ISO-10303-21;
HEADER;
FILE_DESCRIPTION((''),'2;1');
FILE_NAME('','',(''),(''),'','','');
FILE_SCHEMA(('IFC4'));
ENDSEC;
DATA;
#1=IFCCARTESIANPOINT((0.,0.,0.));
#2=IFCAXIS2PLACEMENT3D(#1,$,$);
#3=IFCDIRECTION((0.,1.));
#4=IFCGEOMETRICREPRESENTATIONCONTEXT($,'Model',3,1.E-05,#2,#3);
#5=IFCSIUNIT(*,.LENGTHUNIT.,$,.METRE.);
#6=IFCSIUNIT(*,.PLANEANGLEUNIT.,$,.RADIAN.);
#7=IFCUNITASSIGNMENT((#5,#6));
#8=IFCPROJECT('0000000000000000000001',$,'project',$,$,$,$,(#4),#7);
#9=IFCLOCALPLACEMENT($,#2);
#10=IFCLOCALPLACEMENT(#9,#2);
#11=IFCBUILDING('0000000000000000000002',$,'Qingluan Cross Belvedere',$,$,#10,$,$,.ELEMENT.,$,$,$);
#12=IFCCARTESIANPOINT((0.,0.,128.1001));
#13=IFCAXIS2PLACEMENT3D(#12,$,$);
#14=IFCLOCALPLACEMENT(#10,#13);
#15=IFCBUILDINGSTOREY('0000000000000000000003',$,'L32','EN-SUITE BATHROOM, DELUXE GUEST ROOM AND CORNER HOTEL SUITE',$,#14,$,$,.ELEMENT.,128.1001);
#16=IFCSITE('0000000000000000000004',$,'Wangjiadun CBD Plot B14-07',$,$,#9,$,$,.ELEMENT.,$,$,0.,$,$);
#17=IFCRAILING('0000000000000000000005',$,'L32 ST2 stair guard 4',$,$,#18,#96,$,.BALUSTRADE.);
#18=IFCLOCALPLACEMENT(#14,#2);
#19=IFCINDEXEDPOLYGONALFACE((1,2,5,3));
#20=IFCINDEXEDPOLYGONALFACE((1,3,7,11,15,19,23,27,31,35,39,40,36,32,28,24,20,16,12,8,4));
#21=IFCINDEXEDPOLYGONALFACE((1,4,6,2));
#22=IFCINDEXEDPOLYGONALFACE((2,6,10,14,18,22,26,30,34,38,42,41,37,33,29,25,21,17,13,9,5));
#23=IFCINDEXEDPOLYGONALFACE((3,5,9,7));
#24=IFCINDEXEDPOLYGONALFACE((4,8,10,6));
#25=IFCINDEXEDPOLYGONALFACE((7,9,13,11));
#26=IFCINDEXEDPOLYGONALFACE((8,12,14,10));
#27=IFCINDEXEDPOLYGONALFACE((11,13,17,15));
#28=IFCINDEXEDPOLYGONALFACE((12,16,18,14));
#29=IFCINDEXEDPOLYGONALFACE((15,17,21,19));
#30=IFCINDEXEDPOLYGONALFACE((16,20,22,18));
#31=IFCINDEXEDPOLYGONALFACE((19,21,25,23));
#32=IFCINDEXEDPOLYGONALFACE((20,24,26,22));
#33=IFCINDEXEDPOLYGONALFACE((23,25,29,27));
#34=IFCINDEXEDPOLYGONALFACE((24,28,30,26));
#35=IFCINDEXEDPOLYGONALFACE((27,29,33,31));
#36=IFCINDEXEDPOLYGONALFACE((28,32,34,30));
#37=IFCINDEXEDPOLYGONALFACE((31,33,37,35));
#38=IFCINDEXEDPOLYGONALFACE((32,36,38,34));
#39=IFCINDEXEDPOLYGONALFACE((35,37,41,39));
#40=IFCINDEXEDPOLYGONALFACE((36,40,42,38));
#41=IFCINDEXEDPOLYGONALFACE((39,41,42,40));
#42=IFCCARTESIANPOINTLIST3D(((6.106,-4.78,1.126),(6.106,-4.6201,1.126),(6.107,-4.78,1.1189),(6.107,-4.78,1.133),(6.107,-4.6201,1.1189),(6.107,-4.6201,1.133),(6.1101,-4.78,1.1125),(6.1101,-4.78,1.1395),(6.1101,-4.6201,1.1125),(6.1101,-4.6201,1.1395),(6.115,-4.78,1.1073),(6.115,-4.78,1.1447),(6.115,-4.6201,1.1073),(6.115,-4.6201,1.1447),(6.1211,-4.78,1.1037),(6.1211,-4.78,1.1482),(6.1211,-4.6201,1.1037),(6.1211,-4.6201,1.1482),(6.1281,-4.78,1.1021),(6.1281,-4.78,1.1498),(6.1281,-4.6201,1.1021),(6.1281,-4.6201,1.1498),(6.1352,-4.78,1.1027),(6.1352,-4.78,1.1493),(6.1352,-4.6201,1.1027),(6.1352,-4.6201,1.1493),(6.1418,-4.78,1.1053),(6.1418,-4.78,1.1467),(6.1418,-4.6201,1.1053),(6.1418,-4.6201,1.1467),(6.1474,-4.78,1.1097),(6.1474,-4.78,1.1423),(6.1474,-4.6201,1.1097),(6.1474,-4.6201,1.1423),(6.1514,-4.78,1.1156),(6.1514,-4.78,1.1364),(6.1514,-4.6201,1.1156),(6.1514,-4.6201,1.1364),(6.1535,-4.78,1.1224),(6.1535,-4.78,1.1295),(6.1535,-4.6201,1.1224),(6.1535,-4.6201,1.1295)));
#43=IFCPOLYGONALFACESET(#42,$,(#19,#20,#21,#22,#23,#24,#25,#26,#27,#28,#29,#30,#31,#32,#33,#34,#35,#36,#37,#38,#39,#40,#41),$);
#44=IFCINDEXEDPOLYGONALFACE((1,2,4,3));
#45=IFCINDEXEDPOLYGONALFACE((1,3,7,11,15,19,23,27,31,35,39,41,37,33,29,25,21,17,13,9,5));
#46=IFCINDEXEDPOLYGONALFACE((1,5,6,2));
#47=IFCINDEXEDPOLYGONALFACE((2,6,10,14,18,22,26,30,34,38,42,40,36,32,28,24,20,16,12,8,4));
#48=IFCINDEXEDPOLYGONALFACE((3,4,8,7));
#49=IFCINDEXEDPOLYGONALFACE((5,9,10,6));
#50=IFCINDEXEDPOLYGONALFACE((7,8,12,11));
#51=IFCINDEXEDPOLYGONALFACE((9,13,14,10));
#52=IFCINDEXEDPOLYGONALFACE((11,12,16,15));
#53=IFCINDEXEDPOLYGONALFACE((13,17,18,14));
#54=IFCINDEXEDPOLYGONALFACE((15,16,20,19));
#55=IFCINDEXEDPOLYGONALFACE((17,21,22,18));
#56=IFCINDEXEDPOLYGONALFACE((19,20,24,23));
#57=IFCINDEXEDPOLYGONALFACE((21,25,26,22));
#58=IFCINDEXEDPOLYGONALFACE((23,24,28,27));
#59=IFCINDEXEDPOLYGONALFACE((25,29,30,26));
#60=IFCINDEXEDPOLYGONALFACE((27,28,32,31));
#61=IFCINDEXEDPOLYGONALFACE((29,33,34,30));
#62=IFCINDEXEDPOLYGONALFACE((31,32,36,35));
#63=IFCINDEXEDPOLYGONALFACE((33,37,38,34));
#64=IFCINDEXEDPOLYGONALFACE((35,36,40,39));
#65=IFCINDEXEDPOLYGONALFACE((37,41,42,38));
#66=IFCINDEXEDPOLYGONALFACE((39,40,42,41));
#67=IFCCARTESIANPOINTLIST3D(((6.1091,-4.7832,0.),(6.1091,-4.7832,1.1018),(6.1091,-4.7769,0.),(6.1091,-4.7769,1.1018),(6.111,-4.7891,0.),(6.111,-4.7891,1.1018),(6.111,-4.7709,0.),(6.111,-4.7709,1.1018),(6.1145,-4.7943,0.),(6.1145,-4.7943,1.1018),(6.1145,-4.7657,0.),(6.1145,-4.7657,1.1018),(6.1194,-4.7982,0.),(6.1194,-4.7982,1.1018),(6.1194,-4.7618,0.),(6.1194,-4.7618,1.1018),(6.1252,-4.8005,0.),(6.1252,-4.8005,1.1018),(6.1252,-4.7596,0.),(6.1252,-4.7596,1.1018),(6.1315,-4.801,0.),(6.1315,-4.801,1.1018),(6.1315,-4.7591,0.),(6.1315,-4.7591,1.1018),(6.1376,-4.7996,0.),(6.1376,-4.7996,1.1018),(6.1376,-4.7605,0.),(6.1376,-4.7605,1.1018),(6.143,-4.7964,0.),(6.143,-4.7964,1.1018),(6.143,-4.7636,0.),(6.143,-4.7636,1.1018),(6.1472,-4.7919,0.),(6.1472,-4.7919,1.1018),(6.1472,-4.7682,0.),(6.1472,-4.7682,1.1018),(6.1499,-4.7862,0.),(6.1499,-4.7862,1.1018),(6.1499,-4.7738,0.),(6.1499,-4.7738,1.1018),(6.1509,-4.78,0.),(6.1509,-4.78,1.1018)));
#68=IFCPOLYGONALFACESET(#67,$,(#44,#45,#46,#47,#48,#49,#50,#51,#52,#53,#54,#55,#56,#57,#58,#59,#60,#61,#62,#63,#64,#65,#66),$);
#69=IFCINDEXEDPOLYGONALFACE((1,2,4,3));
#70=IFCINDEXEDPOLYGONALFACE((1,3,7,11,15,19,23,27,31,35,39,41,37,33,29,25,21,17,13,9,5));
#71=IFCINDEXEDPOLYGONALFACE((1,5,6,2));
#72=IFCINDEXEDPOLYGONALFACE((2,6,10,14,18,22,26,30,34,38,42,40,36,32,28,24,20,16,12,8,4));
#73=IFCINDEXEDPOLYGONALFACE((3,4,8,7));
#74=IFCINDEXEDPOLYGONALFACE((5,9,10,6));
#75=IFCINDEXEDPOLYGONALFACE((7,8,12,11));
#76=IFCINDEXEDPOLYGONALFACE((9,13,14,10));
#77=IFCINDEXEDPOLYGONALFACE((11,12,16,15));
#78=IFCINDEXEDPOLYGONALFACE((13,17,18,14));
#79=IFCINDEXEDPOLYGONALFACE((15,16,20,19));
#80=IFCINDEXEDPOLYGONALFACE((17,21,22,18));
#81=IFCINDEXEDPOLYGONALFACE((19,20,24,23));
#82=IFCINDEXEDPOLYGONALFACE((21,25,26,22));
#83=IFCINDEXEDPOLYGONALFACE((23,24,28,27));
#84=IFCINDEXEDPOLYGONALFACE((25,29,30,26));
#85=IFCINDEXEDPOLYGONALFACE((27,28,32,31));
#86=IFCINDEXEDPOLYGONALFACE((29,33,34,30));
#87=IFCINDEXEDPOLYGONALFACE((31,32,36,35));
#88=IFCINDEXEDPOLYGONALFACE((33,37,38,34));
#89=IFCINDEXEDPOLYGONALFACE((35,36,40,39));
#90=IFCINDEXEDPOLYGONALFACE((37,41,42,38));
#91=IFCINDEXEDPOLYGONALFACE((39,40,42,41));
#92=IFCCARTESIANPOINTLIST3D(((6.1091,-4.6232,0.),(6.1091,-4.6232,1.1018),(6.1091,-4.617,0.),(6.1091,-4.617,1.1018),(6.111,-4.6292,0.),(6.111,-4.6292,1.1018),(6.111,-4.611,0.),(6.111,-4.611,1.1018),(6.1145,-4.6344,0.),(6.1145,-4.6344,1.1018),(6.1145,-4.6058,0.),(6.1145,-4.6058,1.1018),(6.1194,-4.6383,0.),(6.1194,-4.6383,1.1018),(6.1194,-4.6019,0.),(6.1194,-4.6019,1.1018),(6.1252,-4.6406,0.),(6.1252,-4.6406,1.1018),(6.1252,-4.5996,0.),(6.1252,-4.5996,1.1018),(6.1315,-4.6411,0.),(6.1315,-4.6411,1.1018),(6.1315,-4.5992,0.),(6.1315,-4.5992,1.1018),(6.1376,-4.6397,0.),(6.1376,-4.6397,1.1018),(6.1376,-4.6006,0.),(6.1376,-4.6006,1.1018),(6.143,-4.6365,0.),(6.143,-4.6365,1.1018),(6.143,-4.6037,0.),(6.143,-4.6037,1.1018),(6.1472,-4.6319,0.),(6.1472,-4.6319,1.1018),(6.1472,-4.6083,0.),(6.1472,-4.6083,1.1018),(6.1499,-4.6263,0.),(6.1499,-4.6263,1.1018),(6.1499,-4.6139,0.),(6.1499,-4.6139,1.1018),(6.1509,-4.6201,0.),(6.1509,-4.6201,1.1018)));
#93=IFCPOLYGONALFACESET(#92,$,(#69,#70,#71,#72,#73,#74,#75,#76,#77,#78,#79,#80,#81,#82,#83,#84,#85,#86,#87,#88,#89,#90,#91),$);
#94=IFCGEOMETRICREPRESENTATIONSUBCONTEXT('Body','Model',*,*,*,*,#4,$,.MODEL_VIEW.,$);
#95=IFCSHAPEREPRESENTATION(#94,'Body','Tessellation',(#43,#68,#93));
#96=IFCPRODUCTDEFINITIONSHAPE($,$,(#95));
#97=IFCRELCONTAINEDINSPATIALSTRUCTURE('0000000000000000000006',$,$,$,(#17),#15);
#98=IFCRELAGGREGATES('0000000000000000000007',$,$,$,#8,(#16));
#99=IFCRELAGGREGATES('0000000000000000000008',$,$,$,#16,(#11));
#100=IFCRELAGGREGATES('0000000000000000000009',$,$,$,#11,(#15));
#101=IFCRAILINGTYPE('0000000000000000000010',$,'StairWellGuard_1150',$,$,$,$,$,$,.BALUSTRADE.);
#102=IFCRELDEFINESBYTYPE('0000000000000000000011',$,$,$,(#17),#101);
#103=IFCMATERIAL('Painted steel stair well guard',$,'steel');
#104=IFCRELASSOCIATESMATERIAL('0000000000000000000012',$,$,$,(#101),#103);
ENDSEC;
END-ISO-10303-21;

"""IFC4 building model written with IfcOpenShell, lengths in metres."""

from ifc_helpers import new_model, si_unit, direction, frame, origin, origin_2d, place, context, subcontext, project, spatial, circle, extrude, material, type_object, element, save


model = new_model("IFC4")

# Units and contexts
model_context = context("Model", 3, precision=1e-05, world=origin(), true_north=direction((0.0, 1.0)))
body_context = subcontext(model_context, "Body", "Model", "MODEL_VIEW")
ifc_project = project(units=[si_unit("LENGTHUNIT", "METRE"), si_unit("PLANEANGLEUNIT", "RADIAN")], contexts=[model_context])

# Site, building, storey
site_placement = place(None, origin())
site = spatial("IfcSite", under=ifc_project, at=site_placement, Name="Wangjiadun CBD Plot B14-07", CompositionType="ELEMENT", RefElevation=0.0)
building_placement = place(site_placement, origin())
building = spatial("IfcBuilding", under=site, at=building_placement, Name="Qingluan Cross Belvedere", CompositionType="ELEMENT")
storey_placement = place(building_placement, frame((0.0, 0.0, 128.1001)))
storey = spatial("IfcBuildingStorey", under=building, at=storey_placement, Name="L32", Description="EN-SUITE BATHROOM, DELUXE GUEST ROOM AND CORNER HOTEL SUITE", CompositionType="ELEMENT", Elevation=128.1001)

# Railing
ifc_material_1 = material(Name="Painted steel stair well guard", Category="steel")
railing_type_1 = type_object("IfcRailingType", Name="StairWellGuard_1150", PredefinedType="BALUSTRADE", material=ifc_material_1)
railing_1_placement = place(storey_placement, frame((6.1299, -4.78, 0.0)))
element("IfcRailing", 1, at=railing_1_placement, inside=storey, type_object=railing_type_1, Name="L32 ST2 stair guard 4", PredefinedType="BALUSTRADE", context=body_context, shape_type="SweptSolid", body=[
    extrude(circle(Radius=0.0239, at=origin_2d()), frame((0.0, 0.0, 1.126), z_axis=(0.0, 1.0, 0.0), x_axis=(-1.0, 0.0, 0.0)), (0.0, 0.0, 1.0), 0.1599),
    extrude(circle(Radius=0.021, at=origin_2d()), origin(), (0.0, 0.0, 1.0), 1.1018),
    extrude(circle(Radius=0.021, at=origin_2d()), frame((0.0, 0.1599, 0.0)), (0.0, 0.0, 1.0), 1.1018),
])

save(model, "model.ifc")
